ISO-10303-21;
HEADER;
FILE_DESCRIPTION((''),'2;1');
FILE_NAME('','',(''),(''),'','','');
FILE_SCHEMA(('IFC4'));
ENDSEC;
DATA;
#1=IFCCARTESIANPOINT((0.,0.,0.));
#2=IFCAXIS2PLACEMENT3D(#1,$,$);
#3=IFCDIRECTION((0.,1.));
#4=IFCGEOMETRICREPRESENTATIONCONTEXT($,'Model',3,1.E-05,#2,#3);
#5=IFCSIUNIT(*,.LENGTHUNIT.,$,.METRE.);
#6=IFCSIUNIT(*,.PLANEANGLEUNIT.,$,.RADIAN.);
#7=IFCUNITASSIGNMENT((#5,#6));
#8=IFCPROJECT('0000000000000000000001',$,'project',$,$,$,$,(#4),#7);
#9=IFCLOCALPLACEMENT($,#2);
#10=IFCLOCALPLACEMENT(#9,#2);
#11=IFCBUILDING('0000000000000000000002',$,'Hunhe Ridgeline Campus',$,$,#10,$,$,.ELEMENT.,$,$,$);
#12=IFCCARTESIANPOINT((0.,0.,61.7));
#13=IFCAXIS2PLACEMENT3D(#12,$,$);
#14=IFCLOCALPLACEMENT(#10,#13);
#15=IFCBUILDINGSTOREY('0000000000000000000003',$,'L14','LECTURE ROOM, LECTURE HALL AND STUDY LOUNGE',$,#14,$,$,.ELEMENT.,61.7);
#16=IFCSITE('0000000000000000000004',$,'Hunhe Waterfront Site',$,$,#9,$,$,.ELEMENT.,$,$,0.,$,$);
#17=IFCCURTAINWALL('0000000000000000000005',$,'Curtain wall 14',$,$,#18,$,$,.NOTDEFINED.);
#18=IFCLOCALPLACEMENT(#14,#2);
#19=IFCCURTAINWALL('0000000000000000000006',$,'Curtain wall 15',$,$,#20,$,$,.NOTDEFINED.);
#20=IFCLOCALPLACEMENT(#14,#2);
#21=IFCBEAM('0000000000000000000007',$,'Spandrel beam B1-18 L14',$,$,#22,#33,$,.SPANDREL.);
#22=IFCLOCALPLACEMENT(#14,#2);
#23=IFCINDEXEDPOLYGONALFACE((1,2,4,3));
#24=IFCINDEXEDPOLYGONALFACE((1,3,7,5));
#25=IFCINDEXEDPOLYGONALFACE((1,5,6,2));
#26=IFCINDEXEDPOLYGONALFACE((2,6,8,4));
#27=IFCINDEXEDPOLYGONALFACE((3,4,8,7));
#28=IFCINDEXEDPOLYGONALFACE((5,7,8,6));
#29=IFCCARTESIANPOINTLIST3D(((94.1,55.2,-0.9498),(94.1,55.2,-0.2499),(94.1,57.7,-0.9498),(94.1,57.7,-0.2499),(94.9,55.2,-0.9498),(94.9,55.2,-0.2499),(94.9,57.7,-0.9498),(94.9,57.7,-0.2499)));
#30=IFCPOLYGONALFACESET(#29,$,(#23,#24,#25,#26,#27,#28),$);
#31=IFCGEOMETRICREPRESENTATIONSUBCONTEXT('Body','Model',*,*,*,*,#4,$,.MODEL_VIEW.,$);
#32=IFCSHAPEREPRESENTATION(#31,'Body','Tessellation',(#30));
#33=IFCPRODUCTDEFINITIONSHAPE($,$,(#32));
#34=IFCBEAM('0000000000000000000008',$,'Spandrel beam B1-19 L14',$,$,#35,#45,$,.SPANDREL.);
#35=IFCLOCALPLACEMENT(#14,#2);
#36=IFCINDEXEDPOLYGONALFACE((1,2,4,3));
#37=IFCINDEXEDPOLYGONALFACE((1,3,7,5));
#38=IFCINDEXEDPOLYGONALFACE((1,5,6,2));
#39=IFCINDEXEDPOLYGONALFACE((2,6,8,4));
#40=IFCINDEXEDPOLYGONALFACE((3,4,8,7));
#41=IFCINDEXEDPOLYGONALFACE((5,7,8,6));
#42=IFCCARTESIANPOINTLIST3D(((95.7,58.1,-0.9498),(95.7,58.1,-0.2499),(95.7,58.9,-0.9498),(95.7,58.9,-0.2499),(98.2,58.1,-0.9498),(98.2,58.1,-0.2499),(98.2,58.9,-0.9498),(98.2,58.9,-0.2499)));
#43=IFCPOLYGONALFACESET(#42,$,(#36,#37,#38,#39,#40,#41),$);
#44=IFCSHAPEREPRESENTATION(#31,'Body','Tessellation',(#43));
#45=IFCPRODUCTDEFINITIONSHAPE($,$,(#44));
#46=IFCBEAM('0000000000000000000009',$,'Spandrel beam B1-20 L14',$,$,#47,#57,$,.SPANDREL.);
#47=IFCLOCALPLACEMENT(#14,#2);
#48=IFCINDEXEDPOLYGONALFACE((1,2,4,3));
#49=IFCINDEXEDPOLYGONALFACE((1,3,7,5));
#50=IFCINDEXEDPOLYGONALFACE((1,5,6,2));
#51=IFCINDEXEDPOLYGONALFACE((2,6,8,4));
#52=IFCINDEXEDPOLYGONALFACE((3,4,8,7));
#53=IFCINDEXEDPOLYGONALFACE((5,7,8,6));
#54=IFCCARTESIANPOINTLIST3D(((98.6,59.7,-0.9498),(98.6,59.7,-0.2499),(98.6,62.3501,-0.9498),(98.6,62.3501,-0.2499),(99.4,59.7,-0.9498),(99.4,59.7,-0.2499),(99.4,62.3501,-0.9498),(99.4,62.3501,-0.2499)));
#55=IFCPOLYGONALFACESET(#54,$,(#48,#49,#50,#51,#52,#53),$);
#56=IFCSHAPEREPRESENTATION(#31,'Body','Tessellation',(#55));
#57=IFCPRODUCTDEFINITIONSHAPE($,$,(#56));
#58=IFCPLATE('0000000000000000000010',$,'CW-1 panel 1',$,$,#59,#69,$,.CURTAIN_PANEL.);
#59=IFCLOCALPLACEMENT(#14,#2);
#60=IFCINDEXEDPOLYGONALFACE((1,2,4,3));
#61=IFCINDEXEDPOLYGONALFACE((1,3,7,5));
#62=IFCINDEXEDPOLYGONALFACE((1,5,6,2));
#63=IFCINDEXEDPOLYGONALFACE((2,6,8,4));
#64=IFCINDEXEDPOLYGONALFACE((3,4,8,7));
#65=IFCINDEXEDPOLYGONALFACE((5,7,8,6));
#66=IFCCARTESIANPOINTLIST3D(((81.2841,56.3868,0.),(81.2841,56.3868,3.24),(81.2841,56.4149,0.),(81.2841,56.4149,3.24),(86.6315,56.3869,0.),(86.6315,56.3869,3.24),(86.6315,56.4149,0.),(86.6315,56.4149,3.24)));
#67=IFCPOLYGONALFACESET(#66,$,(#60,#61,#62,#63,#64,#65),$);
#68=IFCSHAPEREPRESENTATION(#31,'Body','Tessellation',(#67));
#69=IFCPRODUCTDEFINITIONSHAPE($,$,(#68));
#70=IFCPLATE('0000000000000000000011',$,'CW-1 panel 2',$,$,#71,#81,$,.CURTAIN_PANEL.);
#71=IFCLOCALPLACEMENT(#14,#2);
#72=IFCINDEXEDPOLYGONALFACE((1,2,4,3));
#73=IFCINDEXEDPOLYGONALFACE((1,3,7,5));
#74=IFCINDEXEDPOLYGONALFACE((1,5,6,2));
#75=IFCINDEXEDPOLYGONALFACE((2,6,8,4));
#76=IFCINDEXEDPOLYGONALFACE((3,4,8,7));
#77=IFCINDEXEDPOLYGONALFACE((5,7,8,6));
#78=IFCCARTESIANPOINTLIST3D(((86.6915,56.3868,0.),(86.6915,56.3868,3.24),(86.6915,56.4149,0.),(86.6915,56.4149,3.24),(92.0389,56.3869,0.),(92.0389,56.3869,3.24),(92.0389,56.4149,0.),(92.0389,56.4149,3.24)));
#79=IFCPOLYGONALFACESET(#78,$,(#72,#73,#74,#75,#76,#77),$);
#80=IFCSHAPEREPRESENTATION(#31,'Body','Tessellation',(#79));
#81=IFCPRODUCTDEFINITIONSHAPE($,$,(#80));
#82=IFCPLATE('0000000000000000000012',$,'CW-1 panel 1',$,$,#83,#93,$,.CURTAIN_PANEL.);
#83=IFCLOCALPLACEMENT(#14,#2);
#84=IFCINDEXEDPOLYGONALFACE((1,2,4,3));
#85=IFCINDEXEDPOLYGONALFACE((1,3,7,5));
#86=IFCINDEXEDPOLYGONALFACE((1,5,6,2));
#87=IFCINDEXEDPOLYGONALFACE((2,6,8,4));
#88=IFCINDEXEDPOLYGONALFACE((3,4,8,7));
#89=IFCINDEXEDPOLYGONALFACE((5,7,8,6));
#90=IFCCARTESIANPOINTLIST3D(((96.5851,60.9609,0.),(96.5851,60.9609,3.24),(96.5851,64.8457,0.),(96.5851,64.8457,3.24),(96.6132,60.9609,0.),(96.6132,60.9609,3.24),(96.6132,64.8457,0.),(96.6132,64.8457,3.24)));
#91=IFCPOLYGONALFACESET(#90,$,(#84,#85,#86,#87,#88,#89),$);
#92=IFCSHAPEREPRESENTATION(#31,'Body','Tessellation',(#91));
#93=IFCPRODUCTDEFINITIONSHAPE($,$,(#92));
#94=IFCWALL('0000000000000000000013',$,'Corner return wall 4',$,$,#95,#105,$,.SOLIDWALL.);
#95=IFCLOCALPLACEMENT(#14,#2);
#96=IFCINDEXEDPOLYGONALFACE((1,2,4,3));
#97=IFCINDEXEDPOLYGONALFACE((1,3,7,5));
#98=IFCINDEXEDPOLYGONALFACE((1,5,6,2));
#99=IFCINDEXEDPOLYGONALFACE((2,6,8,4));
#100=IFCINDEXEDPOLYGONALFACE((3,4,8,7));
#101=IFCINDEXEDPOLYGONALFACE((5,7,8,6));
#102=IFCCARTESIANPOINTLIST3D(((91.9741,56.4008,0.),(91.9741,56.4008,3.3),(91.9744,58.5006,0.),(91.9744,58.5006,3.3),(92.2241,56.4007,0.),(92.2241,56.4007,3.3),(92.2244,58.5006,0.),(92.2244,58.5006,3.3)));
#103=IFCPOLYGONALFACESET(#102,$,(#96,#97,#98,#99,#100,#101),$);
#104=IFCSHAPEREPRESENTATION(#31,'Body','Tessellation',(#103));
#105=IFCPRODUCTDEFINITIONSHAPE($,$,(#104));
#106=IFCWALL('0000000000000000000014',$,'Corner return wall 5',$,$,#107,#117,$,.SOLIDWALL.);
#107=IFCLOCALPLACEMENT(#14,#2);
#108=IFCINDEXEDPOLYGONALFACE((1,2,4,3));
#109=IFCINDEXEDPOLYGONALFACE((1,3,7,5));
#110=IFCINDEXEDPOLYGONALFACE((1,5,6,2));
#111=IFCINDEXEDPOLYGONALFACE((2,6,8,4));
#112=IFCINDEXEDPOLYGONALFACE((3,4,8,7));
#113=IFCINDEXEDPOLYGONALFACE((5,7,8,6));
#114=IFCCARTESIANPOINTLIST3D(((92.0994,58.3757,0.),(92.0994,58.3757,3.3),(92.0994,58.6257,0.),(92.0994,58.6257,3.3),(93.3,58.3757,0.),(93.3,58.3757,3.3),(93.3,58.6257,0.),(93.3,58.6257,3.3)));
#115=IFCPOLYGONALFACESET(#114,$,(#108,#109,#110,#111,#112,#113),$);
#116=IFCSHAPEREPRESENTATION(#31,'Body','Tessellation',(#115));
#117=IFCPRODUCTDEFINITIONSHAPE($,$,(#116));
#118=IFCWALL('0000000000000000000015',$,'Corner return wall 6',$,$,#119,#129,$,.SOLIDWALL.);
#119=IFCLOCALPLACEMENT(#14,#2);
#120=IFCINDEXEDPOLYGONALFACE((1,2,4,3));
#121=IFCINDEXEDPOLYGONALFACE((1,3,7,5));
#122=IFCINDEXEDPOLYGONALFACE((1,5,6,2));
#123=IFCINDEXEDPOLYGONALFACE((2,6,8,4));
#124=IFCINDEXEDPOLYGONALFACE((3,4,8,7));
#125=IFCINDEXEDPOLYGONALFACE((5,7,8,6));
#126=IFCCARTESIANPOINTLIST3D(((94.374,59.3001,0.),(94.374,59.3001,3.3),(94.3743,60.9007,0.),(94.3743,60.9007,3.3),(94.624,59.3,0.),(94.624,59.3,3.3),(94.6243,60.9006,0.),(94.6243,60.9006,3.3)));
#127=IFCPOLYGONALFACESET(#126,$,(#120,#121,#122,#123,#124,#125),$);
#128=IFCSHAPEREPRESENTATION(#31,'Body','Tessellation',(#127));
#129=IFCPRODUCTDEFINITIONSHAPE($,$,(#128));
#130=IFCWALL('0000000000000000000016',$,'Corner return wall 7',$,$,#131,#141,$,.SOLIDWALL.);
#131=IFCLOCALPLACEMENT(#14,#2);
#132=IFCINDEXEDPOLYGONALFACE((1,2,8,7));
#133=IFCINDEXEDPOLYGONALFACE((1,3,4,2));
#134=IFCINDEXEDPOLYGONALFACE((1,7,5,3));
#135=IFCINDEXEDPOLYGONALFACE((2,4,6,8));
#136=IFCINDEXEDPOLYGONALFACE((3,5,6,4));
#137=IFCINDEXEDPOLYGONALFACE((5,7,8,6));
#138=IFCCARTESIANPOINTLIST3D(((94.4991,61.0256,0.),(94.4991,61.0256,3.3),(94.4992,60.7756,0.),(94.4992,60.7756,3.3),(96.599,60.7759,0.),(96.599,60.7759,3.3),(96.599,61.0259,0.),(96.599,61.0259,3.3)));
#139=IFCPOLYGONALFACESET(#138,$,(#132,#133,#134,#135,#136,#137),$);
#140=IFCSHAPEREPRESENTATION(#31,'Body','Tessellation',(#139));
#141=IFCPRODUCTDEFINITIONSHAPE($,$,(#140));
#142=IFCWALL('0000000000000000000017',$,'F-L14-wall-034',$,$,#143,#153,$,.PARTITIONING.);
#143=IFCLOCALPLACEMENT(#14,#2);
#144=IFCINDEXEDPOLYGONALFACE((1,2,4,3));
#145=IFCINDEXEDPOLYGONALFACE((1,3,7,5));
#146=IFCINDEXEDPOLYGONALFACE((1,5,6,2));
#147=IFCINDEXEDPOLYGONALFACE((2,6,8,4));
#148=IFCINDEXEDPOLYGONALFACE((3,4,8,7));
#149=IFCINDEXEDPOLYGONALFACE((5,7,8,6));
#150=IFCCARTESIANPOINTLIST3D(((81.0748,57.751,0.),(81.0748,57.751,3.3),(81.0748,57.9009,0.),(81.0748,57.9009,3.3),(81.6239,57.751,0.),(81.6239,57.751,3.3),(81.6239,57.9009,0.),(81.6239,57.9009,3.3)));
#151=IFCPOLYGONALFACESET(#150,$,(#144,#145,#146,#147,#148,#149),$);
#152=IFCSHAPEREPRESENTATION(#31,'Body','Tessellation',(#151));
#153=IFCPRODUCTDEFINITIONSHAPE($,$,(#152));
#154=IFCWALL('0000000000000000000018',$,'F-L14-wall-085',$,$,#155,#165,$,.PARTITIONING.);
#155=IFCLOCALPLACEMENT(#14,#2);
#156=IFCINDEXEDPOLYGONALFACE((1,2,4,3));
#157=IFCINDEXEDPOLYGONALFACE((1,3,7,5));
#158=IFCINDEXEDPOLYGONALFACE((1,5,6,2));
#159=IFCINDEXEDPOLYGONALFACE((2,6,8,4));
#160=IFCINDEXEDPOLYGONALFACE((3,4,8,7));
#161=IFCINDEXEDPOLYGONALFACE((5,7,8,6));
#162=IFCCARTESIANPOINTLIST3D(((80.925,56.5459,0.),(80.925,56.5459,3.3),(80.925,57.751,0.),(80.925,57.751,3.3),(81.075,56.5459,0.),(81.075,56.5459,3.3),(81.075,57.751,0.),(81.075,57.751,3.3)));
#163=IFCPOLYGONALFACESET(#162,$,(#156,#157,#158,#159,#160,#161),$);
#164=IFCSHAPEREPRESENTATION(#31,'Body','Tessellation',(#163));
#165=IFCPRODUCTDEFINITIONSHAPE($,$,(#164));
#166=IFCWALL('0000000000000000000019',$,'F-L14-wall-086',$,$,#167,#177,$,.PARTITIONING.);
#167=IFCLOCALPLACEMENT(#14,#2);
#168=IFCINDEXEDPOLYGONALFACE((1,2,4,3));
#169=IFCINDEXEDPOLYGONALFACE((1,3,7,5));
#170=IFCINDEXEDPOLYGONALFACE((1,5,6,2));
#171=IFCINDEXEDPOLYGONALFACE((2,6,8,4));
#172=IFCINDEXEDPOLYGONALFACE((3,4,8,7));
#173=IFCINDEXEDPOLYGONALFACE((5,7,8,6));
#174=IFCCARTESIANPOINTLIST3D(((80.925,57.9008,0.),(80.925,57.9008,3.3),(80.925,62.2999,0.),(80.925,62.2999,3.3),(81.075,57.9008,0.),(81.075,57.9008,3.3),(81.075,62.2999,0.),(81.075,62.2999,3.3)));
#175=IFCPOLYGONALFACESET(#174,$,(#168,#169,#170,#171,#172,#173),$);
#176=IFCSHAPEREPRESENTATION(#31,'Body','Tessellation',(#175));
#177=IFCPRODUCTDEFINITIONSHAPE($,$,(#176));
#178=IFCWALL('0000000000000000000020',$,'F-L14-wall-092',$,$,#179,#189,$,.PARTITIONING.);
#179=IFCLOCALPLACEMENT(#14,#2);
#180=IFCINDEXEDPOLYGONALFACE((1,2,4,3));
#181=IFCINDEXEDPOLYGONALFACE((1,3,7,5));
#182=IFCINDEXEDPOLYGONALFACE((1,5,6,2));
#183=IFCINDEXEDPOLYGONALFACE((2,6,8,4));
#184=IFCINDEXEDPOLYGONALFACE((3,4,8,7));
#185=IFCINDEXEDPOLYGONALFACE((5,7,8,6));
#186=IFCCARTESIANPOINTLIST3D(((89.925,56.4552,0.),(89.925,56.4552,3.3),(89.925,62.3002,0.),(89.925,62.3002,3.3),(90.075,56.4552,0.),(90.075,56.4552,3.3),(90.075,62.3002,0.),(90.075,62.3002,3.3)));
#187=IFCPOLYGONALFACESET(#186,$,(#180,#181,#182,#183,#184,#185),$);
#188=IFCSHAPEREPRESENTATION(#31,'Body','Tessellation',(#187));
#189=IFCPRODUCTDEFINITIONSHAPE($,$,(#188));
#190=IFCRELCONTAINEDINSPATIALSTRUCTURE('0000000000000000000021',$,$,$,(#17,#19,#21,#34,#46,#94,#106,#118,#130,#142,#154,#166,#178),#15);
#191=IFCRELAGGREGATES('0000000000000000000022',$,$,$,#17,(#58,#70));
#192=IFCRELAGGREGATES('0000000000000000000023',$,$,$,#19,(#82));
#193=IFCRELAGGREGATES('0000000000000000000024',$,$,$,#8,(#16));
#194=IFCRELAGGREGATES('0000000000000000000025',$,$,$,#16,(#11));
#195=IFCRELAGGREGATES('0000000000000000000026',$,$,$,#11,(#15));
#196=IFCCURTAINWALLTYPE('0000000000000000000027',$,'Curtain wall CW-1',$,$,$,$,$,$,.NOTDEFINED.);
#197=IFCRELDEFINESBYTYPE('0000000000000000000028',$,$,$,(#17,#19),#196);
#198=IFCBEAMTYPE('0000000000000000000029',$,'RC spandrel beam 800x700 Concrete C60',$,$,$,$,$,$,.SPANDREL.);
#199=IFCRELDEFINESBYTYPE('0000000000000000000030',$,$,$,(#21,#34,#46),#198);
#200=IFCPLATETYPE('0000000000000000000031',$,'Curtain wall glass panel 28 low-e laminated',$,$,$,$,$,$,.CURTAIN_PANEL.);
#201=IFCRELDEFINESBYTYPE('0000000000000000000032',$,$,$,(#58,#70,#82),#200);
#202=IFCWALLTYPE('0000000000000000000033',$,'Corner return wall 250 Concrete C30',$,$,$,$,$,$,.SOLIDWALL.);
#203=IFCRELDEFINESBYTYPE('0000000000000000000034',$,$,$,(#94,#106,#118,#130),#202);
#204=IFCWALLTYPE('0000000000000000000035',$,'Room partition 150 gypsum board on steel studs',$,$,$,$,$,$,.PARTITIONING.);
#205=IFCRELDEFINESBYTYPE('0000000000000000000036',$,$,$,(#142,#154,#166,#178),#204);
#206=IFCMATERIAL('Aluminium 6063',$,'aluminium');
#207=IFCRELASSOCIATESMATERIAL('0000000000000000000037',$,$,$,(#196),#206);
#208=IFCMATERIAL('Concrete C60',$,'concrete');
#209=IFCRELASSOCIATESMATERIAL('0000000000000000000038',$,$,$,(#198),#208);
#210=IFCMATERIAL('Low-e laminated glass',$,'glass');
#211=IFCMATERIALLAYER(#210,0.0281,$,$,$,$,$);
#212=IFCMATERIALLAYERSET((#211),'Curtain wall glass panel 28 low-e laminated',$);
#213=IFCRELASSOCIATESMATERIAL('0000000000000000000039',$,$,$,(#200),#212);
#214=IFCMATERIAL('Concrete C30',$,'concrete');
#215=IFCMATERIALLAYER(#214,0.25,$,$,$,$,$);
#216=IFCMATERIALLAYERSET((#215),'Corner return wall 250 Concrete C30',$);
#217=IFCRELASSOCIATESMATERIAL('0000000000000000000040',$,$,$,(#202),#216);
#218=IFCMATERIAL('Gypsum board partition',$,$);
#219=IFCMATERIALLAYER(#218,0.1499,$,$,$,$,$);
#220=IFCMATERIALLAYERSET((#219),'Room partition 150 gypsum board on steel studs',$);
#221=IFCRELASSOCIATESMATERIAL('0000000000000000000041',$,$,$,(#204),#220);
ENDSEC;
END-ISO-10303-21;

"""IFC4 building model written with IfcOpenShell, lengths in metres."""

from ifc_helpers import new_model, si_unit, direction, frame, frame_2d, origin, origin_2d, place, context, subcontext, project, spatial, rectangle, extrude, material, layer, layer_set, material_profile, profile_set, type_object, element, aggregate, save


model = new_model("IFC4")

# Units and contexts
model_context = context("Model", 3, precision=1e-05, world=origin(), true_north=direction((0.0, 1.0)))
body_context = subcontext(model_context, "Body", "Model", "MODEL_VIEW")
ifc_project = project(units=[si_unit("LENGTHUNIT", "METRE"), si_unit("PLANEANGLEUNIT", "RADIAN")], contexts=[model_context])

# Site, building, storey
site_placement = place(None, origin())
site = spatial("IfcSite", under=ifc_project, at=site_placement, Name="Hunhe Waterfront Site", CompositionType="ELEMENT", RefElevation=0.0)
building_placement = place(site_placement, origin())
building = spatial("IfcBuilding", under=site, at=building_placement, Name="Hunhe Ridgeline Campus", CompositionType="ELEMENT")
storey_placement = place(building_placement, frame((0.0, 0.0, 61.7)))
storey = spatial("IfcBuildingStorey", under=building, at=storey_placement, Name="L14", Description="LECTURE ROOM, LECTURE HALL AND STUDY LOUNGE", CompositionType="ELEMENT", Elevation=61.7)

# Curtain wall
ifc_material_1 = material(Name="Aluminium 6063", Category="aluminium")
curtain_wall_type = type_object("IfcCurtainWallType", Name="Curtain wall CW-1", PredefinedType="NOTDEFINED", material=ifc_material_1)
curtain_wall_1_placement = place(storey_placement, origin())
curtain_wall_1 = element("IfcCurtainWall", 1, at=curtain_wall_1_placement, inside=storey, type_object=curtain_wall_type, Name="Curtain wall 14", PredefinedType="NOTDEFINED")

# Curtain wall
curtain_wall_2_placement = place(storey_placement, origin())
curtain_wall_2 = element("IfcCurtainWall", 2, at=curtain_wall_2_placement, inside=storey, type_object=curtain_wall_type, Name="Curtain wall 15", PredefinedType="NOTDEFINED")

# Beams
ifc_material_2 = material(Name="Concrete C60", Category="concrete")
ifc_material_profile_1 = material_profile(ifc_material_2, rectangle(XDim=0.8, YDim=0.7, at=origin_2d()))
ifc_profile_set_1 = profile_set([ifc_material_profile_1], Name="Concrete C60")
beam_type = type_object("IfcBeamType", Name="RC spandrel beam 800x700 Concrete C60", PredefinedType="SPANDREL", material=ifc_profile_set_1)
for number, where, z_axis, x_axis, name in (
    (3, (94.5, 55.2, -0.5999), (0.0, 1.0, 0.0), (-1.0, 0.0, 0.0), "Spandrel beam B1-18 L14"),
    (4, (95.7, 58.5, -0.5999), (1.0, 0.0, 0.0), (0.0, 1.0, 0.0), "Spandrel beam B1-19 L14"),
):
    element("IfcBeam", number, at=place(storey_placement, frame(where, z_axis=z_axis, x_axis=x_axis)), inside=storey, type_object=beam_type, Name=name, PredefinedType="SPANDREL", context=body_context, shape_type="SweptSolid", body=[
        extrude(rectangle(XDim=0.8, YDim=0.7, at=origin_2d()), origin(), (0.0, 0.0, 1.0), 2.5),
    ])
beam_1_placement = place(storey_placement, frame((99.0, 59.7, -0.5999), z_axis=(0.0, 1.0, 0.0), x_axis=(-1.0, 0.0, 0.0)))
element("IfcBeam", 5, at=beam_1_placement, inside=storey, type_object=beam_type, Name="Spandrel beam B1-20 L14", PredefinedType="SPANDREL", context=body_context, shape_type="SweptSolid", body=[
    extrude(rectangle(XDim=0.8, YDim=0.7, at=origin_2d()), origin(), (0.0, 0.0, 1.0), 2.6501),
])

# Plates
ifc_material_3 = material(Name="Low-e laminated glass", Category="glass")
ifc_layer_1 = layer(ifc_material_3, 0.0281)
ifc_layer_set_1 = layer_set([ifc_layer_1], Name="Curtain wall glass panel 28 low-e laminated")
plate_type = type_object("IfcPlateType", Name="Curtain wall glass panel 28 low-e laminated", PredefinedType="CURTAIN_PANEL", material=ifc_layer_set_1)
plate_1_placement = place(storey_placement, frame((83.9578, 56.4009, 0.0), z_axis=(0.0, 0.0, 1.0), x_axis=(1.0, 0.000004, 0.0)))
plate_1 = element("IfcPlate", 6, at=plate_1_placement, type_object=plate_type, Name="CW-1 panel 1", PredefinedType="CURTAIN_PANEL", context=body_context, shape_type="SweptSolid", body=[
    extrude(rectangle(XDim=5.3474, YDim=0.0281, at=origin_2d()), origin(), (0.0, 0.0, 1.0), 3.24),
])
plate_2_placement = place(storey_placement, frame((89.3652, 56.4009, 0.0), z_axis=(0.0, 0.0, 1.0), x_axis=(1.0, 0.000004, 0.0)))
plate_2 = element("IfcPlate", 7, at=plate_2_placement, type_object=plate_type, Name="CW-1 panel 2", PredefinedType="CURTAIN_PANEL", context=body_context, shape_type="SweptSolid", body=[
    extrude(rectangle(XDim=5.3474, YDim=0.0281, at=origin_2d()), origin(), (0.0, 0.0, 1.0), 3.24),
])
aggregate(curtain_wall_1, [plate_1, plate_2])
plate_3_placement = place(storey_placement, frame((96.5991, 62.9033, 0.0), z_axis=(0.0, 0.0, 1.0), x_axis=(0.0, 1.0, 0.0)))
plate_3 = element("IfcPlate", 8, at=plate_3_placement, type_object=plate_type, Name="CW-1 panel 1", PredefinedType="CURTAIN_PANEL", context=body_context, shape_type="SweptSolid", body=[
    extrude(rectangle(XDim=3.8848, YDim=0.0281, at=origin_2d()), origin(), (0.0, 0.0, 1.0), 3.24),
])
aggregate(curtain_wall_2, [plate_3])

# Walls
ifc_material_4 = material(Name="Concrete C30", Category="concrete")
ifc_layer_2 = layer(ifc_material_4, 0.25)
ifc_layer_set_2 = layer_set([ifc_layer_2], Name="Corner return wall 250 Concrete C30")
wall_type_1 = type_object("IfcWallType", Name="Corner return wall 250 Concrete C30", PredefinedType="SOLIDWALL", material=ifc_layer_set_2)
wall_1_placement = place(storey_placement, frame((92.0991, 56.4009, 0.0), z_axis=(0.0, 0.0, 1.0), x_axis=(0.000116, 1.0, 0.0)))
element("IfcWall", 9, at=wall_1_placement, inside=storey, type_object=wall_type_1, Name="Corner return wall 4", PredefinedType="SOLIDWALL", context=body_context, shape_type="SweptSolid", body=[
    extrude(rectangle(XDim=2.0999, YDim=0.25, at=frame_2d((1.0498, 0.0))), origin(), (0.0, 0.0, 1.0), 3.3),
])
wall_2_placement = place(storey_placement, frame((92.0994, 58.5007, 0.0), z_axis=(0.0, 0.0, 1.0), x_axis=(1.0, 0.0, 0.0)))
element("IfcWall", 10, at=wall_2_placement, inside=storey, type_object=wall_type_1, Name="Corner return wall 5", PredefinedType="SOLIDWALL", context=body_context, shape_type="SweptSolid", body=[
    extrude(rectangle(XDim=1.2007, YDim=0.25, at=frame_2d((0.6003, 0.0))), origin(), (0.0, 0.0, 1.0), 3.3),
])
wall_3_placement = place(storey_placement, frame((94.499, 59.3, 0.0), z_axis=(0.0, 0.0, 1.0), x_axis=(0.000153, 1.0, 0.0)))
element("IfcWall", 11, at=wall_3_placement, inside=storey, type_object=wall_type_1, Name="Corner return wall 6", PredefinedType="SOLIDWALL", context=body_context, shape_type="SweptSolid", body=[
    extrude(rectangle(XDim=1.6006, YDim=0.25, at=frame_2d((0.8003, 0.0))), origin(), (0.0, 0.0, 1.0), 3.3),
])
wall_4_placement = place(storey_placement, frame((94.4993, 60.9006, 0.0), z_axis=(0.0, 0.0, 1.0), x_axis=(1.0, 0.000116, 0.0)))
element("IfcWall", 12, at=wall_4_placement, inside=storey, type_object=wall_type_1, Name="Corner return wall 7", PredefinedType="SOLIDWALL", context=body_context, shape_type="SweptSolid", body=[
    extrude(rectangle(XDim=2.0999, YDim=0.25, at=frame_2d((1.0498, 0.0))), origin(), (0.0, 0.0, 1.0), 3.3),
])
ifc_material_5 = material(Name="Gypsum board partition")
ifc_layer_3 = layer(ifc_material_5, 0.1499)
ifc_layer_set_3 = layer_set([ifc_layer_3], Name="Room partition 150 gypsum board on steel studs")
wall_type_2 = type_object("IfcWallType", Name="Room partition 150 gypsum board on steel studs", PredefinedType="PARTITIONING", material=ifc_layer_set_3)
wall_5_placement = place(storey_placement, frame((81.075, 57.8259, 0.0), z_axis=(0.0, 0.0, 1.0), x_axis=(1.0, 0.0, 0.0)))
element("IfcWall", 13, at=wall_5_placement, inside=storey, type_object=wall_type_2, Name="F-L14-wall-034", PredefinedType="PARTITIONING", context=body_context, shape_type="SweptSolid", body=[
    extrude(rectangle(XDim=0.5491, YDim=0.1499, at=frame_2d((0.2744, 0.0))), origin(), (0.0, 0.0, 1.0), 3.3),
])
wall_6_placement = place(storey_placement, frame((81.0, 57.751, 0.0), z_axis=(0.0, 0.0, 1.0), x_axis=(0.0, -1.0, 0.0)))
element("IfcWall", 14, at=wall_6_placement, inside=storey, type_object=wall_type_2, Name="F-L14-wall-085", PredefinedType="PARTITIONING", context=body_context, shape_type="SweptSolid", body=[
    extrude(rectangle(XDim=1.2051, YDim=0.1499, at=frame_2d((0.6025, 0.0))), origin(), (0.0, 0.0, 1.0), 3.3),
])
wall_7_placement = place(storey_placement, frame((81.0, 62.3, 0.0), z_axis=(0.0, 0.0, 1.0), x_axis=(0.0, -1.0, 0.0)))
element("IfcWall", 15, at=wall_7_placement, inside=storey, type_object=wall_type_2, Name="F-L14-wall-086", PredefinedType="PARTITIONING", context=body_context, shape_type="SweptSolid", body=[
    extrude(rectangle(XDim=4.3992, YDim=0.1499, at=frame_2d((2.1997, 0.0))), origin(), (0.0, 0.0, 1.0), 3.3),
])
wall_8_placement = place(storey_placement, frame((90.0, 62.3, 0.0), z_axis=(0.0, 0.0, 1.0), x_axis=(0.0, -1.0, 0.0)))
element("IfcWall", 16, at=wall_8_placement, inside=storey, type_object=wall_type_2, Name="F-L14-wall-092", PredefinedType="PARTITIONING", context=body_context, shape_type="SweptSolid", body=[
    extrude(rectangle(XDim=5.845, YDim=0.1499, at=frame_2d((2.9224, 0.0))), origin(), (0.0, 0.0, 1.0), 3.3),
])

save(model, "model.ifc")
